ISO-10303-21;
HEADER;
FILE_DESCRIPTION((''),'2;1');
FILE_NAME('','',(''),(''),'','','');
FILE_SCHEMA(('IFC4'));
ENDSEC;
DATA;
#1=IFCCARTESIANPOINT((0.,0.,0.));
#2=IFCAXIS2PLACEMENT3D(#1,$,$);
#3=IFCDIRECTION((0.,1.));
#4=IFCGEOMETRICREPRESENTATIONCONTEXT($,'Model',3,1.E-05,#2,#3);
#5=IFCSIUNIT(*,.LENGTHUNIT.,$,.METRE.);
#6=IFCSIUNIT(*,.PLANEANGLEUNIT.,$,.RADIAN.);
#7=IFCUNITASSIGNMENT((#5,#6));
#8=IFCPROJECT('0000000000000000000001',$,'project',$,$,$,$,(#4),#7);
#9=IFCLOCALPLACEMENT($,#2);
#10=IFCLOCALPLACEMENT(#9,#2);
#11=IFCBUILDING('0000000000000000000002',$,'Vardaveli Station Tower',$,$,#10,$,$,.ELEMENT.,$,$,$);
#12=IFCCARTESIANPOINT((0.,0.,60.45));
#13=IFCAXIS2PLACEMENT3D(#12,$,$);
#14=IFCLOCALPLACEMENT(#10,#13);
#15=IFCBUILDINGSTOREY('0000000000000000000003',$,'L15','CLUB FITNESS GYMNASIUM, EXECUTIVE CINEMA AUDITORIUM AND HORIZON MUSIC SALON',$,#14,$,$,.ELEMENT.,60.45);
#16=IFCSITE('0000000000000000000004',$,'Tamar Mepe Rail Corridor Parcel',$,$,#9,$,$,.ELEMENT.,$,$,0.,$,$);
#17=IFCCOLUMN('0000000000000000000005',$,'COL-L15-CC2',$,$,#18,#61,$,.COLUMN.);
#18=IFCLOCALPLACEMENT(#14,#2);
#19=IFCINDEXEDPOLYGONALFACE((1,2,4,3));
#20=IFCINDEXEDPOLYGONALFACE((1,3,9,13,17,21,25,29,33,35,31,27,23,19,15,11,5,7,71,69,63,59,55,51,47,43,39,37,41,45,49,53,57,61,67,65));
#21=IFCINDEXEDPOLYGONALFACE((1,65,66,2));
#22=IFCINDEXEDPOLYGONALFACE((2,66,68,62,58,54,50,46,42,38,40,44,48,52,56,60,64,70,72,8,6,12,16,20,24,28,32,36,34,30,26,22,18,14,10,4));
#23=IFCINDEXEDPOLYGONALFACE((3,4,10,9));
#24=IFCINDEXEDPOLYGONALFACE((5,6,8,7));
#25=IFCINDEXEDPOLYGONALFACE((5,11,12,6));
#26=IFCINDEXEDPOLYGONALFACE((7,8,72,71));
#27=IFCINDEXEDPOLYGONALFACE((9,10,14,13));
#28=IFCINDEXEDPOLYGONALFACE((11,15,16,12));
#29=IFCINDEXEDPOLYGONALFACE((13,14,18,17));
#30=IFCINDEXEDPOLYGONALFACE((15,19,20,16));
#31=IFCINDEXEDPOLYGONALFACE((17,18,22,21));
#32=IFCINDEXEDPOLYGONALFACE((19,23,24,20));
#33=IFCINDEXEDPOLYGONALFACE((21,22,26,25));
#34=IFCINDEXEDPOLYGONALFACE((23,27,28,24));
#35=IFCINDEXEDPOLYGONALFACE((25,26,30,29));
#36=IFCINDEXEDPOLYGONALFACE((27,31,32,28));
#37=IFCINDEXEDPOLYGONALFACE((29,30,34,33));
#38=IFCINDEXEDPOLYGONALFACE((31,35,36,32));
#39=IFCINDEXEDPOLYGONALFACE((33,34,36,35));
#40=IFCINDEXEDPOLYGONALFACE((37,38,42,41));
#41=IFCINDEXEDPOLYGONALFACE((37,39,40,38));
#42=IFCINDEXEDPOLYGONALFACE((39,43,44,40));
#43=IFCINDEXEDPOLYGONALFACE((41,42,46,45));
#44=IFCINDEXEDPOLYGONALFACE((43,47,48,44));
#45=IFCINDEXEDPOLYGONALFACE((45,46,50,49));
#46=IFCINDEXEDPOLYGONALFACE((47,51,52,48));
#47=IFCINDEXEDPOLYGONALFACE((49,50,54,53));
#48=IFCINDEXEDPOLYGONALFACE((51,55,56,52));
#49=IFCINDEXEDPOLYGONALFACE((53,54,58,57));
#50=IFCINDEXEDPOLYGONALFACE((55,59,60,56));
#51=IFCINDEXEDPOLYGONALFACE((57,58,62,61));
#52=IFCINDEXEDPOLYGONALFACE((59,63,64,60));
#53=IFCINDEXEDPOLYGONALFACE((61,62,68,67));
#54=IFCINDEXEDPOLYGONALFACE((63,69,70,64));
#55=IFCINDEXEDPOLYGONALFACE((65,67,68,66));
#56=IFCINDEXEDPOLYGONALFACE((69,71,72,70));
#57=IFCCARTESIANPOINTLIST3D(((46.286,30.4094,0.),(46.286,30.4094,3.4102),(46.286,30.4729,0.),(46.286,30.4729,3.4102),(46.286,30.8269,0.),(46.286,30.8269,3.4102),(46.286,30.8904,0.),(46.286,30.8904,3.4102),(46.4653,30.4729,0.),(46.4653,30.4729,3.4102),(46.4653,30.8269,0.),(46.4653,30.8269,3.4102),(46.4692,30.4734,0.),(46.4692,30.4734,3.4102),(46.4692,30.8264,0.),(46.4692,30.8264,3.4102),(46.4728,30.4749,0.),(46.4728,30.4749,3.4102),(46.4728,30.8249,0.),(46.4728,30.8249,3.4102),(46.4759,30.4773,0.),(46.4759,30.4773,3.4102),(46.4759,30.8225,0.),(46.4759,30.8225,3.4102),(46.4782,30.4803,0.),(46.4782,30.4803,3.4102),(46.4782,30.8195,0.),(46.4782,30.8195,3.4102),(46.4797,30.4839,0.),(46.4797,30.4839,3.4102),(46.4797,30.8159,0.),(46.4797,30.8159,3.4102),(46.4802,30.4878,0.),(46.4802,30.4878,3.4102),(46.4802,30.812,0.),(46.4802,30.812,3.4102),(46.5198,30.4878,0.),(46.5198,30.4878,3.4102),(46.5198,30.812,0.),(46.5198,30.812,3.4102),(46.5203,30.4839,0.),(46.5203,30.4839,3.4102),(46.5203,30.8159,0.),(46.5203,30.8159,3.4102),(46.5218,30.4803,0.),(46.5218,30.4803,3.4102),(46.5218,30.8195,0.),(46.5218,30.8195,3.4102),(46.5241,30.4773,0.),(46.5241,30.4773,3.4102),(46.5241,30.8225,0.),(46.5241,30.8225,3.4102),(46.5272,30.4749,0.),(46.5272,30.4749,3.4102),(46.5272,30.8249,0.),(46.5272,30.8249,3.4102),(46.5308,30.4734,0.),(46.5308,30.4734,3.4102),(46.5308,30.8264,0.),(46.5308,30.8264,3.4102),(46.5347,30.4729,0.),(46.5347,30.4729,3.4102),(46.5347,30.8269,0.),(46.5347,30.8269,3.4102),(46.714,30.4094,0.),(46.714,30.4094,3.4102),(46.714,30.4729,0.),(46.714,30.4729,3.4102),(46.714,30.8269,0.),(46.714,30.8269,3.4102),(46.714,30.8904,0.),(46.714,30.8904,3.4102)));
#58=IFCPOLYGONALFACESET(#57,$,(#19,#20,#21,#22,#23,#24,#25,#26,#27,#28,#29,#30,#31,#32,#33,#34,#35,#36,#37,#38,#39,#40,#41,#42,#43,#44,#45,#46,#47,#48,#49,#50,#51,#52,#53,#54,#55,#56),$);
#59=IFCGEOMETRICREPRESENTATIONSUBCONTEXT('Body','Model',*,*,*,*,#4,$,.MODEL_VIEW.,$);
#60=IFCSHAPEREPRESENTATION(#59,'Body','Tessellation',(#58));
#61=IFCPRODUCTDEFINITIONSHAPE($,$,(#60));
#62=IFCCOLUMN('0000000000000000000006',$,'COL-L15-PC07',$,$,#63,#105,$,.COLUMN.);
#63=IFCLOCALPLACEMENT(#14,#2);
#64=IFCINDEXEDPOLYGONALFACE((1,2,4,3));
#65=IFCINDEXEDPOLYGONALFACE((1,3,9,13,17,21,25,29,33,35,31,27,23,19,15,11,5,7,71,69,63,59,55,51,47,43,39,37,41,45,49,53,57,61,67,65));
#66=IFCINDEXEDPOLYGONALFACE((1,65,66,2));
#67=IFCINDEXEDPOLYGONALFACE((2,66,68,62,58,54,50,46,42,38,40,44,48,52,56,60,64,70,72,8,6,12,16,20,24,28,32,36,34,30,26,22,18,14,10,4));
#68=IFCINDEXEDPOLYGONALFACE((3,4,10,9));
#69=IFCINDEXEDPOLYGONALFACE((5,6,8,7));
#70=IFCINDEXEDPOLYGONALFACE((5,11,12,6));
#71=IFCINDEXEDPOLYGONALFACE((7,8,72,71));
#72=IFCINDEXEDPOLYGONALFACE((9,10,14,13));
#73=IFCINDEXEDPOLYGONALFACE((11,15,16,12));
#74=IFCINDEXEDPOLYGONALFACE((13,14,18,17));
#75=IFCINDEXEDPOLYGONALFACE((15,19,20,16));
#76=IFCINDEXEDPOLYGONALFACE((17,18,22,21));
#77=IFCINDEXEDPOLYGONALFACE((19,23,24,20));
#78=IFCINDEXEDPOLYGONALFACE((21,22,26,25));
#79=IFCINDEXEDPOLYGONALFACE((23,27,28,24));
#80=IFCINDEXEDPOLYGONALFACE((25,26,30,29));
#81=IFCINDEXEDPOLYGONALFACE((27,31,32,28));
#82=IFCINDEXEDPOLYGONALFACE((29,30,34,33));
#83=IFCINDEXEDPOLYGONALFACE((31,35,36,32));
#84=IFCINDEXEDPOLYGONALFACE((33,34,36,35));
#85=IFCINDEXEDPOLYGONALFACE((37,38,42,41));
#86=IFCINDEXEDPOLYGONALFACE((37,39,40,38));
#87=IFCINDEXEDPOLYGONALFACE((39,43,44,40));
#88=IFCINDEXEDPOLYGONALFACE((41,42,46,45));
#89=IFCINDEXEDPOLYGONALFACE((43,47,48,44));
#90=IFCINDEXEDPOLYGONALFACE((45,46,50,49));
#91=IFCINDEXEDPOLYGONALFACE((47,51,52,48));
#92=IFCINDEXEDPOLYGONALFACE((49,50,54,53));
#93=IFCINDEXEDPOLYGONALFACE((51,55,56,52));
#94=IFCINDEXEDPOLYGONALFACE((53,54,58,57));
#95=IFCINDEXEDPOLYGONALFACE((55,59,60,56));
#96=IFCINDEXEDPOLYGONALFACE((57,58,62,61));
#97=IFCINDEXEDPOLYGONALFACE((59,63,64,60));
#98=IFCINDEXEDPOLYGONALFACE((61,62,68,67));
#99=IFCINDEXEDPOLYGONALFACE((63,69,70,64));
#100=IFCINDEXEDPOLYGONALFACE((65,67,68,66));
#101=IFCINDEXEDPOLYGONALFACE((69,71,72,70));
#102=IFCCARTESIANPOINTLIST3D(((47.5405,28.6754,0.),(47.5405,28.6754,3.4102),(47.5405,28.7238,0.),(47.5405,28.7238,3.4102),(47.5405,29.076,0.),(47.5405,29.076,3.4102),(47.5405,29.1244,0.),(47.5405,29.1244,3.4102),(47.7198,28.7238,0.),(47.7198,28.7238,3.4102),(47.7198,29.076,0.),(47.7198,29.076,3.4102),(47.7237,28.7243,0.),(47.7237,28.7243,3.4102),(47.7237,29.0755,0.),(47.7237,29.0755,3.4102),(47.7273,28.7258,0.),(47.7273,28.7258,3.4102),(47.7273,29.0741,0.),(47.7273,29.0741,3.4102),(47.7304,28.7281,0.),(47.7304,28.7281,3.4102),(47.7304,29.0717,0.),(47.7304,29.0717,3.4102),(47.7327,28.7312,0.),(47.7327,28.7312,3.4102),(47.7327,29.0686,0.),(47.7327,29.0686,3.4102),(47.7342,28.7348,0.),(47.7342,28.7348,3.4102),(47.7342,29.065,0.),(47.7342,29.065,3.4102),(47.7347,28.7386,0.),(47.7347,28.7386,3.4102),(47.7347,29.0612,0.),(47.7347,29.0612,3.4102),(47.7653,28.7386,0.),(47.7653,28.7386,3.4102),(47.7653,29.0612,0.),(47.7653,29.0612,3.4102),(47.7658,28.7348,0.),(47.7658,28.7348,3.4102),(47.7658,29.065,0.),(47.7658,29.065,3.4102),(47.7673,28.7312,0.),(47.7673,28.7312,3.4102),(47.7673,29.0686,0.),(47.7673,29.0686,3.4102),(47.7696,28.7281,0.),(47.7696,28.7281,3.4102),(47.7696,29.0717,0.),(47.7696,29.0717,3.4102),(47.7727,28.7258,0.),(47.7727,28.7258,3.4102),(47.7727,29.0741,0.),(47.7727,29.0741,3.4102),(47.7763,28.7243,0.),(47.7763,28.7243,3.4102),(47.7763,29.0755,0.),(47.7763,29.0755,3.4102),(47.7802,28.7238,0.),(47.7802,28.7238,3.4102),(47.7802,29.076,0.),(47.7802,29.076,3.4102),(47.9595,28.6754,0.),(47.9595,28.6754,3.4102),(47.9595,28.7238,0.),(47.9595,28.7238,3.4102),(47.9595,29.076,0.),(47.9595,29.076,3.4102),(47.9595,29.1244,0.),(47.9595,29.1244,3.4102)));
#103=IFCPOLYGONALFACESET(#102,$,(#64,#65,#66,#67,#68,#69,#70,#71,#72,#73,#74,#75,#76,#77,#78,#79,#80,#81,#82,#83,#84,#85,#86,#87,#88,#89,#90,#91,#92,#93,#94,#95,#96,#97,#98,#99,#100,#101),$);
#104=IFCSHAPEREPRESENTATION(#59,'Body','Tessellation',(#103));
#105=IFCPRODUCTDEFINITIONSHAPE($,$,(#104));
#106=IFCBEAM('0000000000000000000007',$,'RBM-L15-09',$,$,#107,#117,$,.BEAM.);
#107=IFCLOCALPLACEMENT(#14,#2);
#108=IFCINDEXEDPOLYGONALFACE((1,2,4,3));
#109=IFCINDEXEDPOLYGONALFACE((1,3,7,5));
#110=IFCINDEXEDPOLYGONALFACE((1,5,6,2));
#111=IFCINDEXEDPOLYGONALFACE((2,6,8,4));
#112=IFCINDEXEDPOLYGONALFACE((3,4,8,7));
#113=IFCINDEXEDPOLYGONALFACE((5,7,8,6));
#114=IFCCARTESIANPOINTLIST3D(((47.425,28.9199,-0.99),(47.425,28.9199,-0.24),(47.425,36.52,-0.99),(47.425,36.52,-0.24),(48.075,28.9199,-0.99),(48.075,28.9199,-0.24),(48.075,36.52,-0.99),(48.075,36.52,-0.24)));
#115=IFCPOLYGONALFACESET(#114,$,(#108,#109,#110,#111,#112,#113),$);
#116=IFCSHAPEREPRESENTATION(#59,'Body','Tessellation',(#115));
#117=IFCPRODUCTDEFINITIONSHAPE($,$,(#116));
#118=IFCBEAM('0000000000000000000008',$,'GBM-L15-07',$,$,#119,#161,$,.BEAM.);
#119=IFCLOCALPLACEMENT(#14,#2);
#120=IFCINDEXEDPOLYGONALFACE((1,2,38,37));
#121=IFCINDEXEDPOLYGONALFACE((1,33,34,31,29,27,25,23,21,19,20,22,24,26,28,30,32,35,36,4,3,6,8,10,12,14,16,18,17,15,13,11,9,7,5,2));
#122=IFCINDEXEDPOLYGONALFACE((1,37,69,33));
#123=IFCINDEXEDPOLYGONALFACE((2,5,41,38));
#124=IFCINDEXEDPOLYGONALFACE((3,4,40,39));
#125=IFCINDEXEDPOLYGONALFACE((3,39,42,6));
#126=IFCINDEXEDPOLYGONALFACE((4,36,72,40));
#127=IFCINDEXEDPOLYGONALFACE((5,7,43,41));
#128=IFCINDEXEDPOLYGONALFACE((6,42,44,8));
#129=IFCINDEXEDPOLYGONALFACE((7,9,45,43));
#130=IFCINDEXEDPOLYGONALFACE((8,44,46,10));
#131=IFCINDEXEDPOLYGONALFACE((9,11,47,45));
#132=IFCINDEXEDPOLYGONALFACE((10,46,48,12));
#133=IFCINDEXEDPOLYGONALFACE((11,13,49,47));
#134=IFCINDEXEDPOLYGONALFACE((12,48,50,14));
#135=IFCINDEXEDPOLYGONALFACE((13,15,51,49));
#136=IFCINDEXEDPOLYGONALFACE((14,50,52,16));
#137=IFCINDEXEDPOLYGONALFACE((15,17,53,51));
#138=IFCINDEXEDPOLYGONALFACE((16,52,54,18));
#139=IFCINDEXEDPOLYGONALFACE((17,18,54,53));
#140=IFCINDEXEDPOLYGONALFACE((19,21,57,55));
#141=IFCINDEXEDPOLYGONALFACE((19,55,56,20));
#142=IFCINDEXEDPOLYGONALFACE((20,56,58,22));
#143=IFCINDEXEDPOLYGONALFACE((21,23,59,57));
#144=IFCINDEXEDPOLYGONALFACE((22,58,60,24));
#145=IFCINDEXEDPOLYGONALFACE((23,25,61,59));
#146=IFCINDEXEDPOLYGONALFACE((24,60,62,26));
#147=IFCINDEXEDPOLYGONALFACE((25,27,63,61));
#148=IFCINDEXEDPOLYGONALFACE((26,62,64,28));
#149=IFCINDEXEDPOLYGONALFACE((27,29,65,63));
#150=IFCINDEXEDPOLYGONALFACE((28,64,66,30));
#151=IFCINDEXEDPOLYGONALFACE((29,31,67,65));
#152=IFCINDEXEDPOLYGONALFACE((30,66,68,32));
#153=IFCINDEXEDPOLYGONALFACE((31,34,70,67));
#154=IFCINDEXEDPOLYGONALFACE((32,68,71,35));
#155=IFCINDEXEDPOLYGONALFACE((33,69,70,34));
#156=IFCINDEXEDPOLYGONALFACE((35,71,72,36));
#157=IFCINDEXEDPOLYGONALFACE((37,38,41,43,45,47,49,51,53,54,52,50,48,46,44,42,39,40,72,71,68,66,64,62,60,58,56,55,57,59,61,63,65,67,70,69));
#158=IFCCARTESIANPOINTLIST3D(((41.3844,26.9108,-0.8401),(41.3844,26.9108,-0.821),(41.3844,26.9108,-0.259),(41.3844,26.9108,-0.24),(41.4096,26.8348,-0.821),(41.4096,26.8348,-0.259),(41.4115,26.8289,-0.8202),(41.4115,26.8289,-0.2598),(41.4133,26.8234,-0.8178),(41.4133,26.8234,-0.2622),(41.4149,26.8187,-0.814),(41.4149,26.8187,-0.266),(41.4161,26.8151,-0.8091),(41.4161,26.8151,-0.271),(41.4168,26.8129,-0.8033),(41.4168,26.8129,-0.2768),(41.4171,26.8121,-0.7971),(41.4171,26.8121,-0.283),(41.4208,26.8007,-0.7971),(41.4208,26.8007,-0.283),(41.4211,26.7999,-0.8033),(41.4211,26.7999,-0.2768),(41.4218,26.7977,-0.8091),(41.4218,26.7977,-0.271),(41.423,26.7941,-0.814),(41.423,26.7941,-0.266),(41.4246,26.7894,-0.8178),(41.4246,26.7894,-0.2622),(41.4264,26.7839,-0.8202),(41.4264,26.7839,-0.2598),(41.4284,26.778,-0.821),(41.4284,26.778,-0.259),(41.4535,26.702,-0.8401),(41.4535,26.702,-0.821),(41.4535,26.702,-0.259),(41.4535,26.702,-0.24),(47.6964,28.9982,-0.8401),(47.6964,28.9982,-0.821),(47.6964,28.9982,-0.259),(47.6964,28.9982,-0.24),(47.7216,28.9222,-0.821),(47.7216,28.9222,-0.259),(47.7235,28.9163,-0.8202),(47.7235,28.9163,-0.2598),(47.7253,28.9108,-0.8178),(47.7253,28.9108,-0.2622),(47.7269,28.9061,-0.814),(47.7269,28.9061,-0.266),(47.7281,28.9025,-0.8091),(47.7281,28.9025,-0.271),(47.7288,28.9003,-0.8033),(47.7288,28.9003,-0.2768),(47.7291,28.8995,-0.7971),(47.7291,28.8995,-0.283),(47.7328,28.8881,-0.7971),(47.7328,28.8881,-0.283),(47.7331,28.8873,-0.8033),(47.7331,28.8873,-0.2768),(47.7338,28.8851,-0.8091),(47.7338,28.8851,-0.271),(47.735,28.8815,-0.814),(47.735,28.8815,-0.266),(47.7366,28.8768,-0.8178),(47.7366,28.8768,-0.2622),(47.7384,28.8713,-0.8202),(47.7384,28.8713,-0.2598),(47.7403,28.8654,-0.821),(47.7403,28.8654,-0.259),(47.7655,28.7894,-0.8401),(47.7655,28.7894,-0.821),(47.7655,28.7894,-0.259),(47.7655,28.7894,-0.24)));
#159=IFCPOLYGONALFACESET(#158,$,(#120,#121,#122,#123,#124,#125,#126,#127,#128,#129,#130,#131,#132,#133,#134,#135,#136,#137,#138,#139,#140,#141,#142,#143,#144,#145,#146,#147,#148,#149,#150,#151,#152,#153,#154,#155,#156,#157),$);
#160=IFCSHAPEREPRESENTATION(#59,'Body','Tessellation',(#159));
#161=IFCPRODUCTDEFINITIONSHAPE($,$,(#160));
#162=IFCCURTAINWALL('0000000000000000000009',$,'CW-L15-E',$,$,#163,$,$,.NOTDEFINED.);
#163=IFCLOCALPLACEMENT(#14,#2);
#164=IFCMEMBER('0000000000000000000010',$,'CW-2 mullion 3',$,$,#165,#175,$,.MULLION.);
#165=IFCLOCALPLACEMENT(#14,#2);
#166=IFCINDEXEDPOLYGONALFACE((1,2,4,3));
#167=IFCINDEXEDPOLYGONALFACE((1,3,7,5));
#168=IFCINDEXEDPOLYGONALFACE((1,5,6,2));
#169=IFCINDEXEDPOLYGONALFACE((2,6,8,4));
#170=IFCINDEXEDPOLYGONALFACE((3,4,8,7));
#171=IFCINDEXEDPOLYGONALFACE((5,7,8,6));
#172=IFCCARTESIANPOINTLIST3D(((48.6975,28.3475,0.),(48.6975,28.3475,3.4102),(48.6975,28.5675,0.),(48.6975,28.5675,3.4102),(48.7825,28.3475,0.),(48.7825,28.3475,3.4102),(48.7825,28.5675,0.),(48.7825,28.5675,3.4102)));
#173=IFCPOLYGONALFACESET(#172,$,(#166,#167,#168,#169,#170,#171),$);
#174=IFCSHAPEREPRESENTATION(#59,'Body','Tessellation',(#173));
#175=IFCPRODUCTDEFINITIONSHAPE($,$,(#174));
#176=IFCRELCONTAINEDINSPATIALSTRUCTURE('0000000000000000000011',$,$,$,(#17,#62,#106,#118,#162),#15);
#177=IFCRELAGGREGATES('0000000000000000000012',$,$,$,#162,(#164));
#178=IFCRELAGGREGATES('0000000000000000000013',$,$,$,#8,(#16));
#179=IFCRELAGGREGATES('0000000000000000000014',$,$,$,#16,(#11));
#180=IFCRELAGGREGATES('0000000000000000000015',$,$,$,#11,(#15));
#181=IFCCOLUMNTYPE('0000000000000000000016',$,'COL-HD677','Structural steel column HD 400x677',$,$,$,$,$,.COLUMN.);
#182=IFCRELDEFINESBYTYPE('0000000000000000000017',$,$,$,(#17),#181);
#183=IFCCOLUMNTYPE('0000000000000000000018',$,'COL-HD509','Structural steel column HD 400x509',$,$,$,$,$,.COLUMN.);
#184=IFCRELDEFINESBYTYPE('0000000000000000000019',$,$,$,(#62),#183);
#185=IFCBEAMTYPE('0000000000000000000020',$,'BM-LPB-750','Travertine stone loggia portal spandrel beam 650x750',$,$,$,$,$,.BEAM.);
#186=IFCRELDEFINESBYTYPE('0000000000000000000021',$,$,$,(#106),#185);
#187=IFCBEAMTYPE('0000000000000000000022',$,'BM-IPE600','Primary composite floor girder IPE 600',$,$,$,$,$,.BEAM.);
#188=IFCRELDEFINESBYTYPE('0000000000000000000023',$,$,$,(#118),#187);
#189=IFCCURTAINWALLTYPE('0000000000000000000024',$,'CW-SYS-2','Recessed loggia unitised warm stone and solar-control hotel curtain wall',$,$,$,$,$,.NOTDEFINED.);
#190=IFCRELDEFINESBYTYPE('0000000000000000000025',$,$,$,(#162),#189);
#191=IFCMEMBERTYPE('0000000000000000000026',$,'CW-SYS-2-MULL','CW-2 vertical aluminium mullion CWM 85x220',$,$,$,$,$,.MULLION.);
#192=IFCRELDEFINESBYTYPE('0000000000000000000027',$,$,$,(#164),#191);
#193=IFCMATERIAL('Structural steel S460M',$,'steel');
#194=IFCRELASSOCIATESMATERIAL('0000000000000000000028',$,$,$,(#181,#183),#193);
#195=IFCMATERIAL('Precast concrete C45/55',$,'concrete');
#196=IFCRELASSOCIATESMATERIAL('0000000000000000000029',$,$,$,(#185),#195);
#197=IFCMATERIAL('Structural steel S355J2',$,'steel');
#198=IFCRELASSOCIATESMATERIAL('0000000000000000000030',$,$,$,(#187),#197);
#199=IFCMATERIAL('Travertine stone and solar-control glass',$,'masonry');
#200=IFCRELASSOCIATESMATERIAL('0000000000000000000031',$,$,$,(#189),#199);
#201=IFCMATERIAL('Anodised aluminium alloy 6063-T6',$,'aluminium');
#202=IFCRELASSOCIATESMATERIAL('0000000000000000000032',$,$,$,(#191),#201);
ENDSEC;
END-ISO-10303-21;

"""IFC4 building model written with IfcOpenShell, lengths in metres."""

from ifc_helpers import new_model, si_unit, direction, frame, origin, origin_2d, place, context, subcontext, project, spatial, rectangle, i_section, extrude, source, transform, mapped, material, material_profile, profile_set, type_object, element, aggregate, save


model = new_model("IFC4")

# Units and contexts
model_context = context("Model", 3, precision=1e-05, world=origin(), true_north=direction((0.0, 1.0)))
body_context = subcontext(model_context, "Body", "Model", "MODEL_VIEW")
ifc_project = project(units=[si_unit("LENGTHUNIT", "METRE"), si_unit("PLANEANGLEUNIT", "RADIAN")], contexts=[model_context])

# Site, building, storey
site_placement = place(None, origin())
site = spatial("IfcSite", under=ifc_project, at=site_placement, Name="Tamar Mepe Rail Corridor Parcel", CompositionType="ELEMENT", RefElevation=0.0)
building_placement = place(site_placement, origin())
building = spatial("IfcBuilding", under=site, at=building_placement, Name="Vardaveli Station Tower", CompositionType="ELEMENT")
storey_placement = place(building_placement, frame((0.0, 0.0, 60.45)))
storey = spatial("IfcBuildingStorey", under=building, at=storey_placement, Name="L15", Description="CLUB FITNESS GYMNASIUM, EXECUTIVE CINEMA AUDITORIUM AND HORIZON MUSIC SALON", CompositionType="ELEMENT", Elevation=60.45)

# Columns
ifc_material_1 = material(Name="Structural steel S460M", Category="steel")
ifc_material_profile_1 = material_profile(ifc_material_1, i_section(OverallWidth=0.428, OverallDepth=0.481, WebThickness=0.0396, FlangeThickness=0.0635, FilletRadius=0.0149, at=origin_2d()), Name="HD 400x677")
ifc_profile_set_1 = profile_set([ifc_material_profile_1], Name="Structural steel S460M")
column_type_1 = type_object("IfcColumnType", Name="COL-HD677", Description="Structural steel column HD 400x677", PredefinedType="COLUMN", material=ifc_profile_set_1)
shared_shape_1 = source(origin(), body_context, "Body", "SweptSolid", [
    extrude(i_section(OverallWidth=0.428, OverallDepth=0.481, WebThickness=0.0396, FlangeThickness=0.0635, FilletRadius=0.0149, at=origin_2d()), origin(), (0.0, 0.0, 1.0), 3.4102),
])
column_1_placement = place(storey_placement, frame((46.5, 30.6499, 0.0), z_axis=(0.0, 0.0, 1.0), x_axis=(1.0, 0.0, 0.0)))
element("IfcColumn", 1, at=column_1_placement, inside=storey, type_object=column_type_1, Name="COL-L15-CC2", PredefinedType="COLUMN", context=body_context, shape_type="MappedRepresentation", body=[
    mapped(shared_shape_1, transform((0.0, 0.0, 0.0), scale=1.0)),
])
ifc_material_profile_2 = material_profile(ifc_material_1, i_section(OverallWidth=0.4189, OverallDepth=0.449, WebThickness=0.0305, FlangeThickness=0.0483, FilletRadius=0.0149, at=origin_2d()), Name="HD 400x509")
ifc_profile_set_2 = profile_set([ifc_material_profile_2], Name="Structural steel S460M")
column_type_2 = type_object("IfcColumnType", Name="COL-HD509", Description="Structural steel column HD 400x509", PredefinedType="COLUMN", material=ifc_profile_set_2)
shared_shape_2 = source(origin(), body_context, "Body", "SweptSolid", [
    extrude(i_section(OverallWidth=0.4189, OverallDepth=0.449, WebThickness=0.0305, FlangeThickness=0.0483, FilletRadius=0.0149, at=origin_2d()), origin(), (0.0, 0.0, 1.0), 3.4102),
])
column_2_placement = place(storey_placement, frame((47.75, 28.8999, 0.0), z_axis=(0.0, 0.0, 1.0), x_axis=(1.0, 0.0, 0.0)))
element("IfcColumn", 2, at=column_2_placement, inside=storey, type_object=column_type_2, Name="COL-L15-PC07", PredefinedType="COLUMN", context=body_context, shape_type="MappedRepresentation", body=[
    mapped(shared_shape_2, transform((0.0, 0.0, 0.0), scale=1.0)),
])

# Beams
ifc_material_2 = material(Name="Precast concrete C45/55", Category="concrete")
ifc_material_profile_3 = material_profile(ifc_material_2, rectangle(XDim=0.6499, YDim=0.75, at=origin_2d()), Name="LPB 650x750")
ifc_profile_set_3 = profile_set([ifc_material_profile_3], Name="Precast concrete C45/55")
beam_type_1 = type_object("IfcBeamType", Name="BM-LPB-750", Description="Travertine stone loggia portal spandrel beam 650x750", PredefinedType="BEAM", material=ifc_profile_set_3)
shared_shape_3 = source(origin(), body_context, "Body", "SweptSolid", [
    extrude(rectangle(XDim=0.6499, YDim=0.75, at=origin_2d()), origin(), (0.0, 0.0, 1.0), 7.6001),
])
beam_1_placement = place(storey_placement, frame((47.75, 28.9199, -0.615), z_axis=(0.0, 1.0, 0.0), x_axis=(-1.0, 0.0, 0.0)))
element("IfcBeam", 3, at=beam_1_placement, inside=storey, type_object=beam_type_1, Name="RBM-L15-09", PredefinedType="BEAM", context=body_context, shape_type="MappedRepresentation", body=[
    mapped(shared_shape_3, transform((0.0, 0.0, 0.0), scale=1.0)),
])
ifc_material_3 = material(Name="Structural steel S355J2", Category="steel")
ifc_material_profile_4 = material_profile(ifc_material_3, i_section(OverallWidth=0.22, OverallDepth=0.6001, WebThickness=0.012, FlangeThickness=0.019, FilletRadius=0.0239, at=origin_2d()), Name="IPE 600")
ifc_profile_set_4 = profile_set([ifc_material_profile_4], Name="Structural steel S355J2")
beam_type_2 = type_object("IfcBeamType", Name="BM-IPE600", Description="Primary composite floor girder IPE 600", PredefinedType="BEAM", material=ifc_profile_set_4)
shared_shape_4 = source(origin(), body_context, "Body", "SweptSolid", [
    extrude(i_section(OverallWidth=0.22, OverallDepth=0.6001, WebThickness=0.012, FlangeThickness=0.019, FilletRadius=0.0239, at=origin_2d()), origin(), (0.0, 0.0, 1.0), 6.6482),
])
beam_2_placement = place(storey_placement, frame((47.731, 28.8938, -0.54), z_axis=(-0.94943, -0.313979, 0.0), x_axis=(0.313979, -0.94943, 0.0)))
element("IfcBeam", 4, at=beam_2_placement, inside=storey, type_object=beam_type_2, Name="GBM-L15-07", PredefinedType="BEAM", context=body_context, shape_type="MappedRepresentation", body=[
    mapped(shared_shape_4, transform((0.0, 0.0, 0.0), scale=1.0)),
])

# Curtain wall, member
ifc_material_4 = material(Name="Travertine stone and solar-control glass", Category="masonry")
curtain_wall_type = type_object("IfcCurtainWallType", Name="CW-SYS-2", Description="Recessed loggia unitised warm stone and solar-control hotel curtain wall", PredefinedType="NOTDEFINED", material=ifc_material_4)
curtain_wall_placement = place(storey_placement, origin())
curtain_wall = element("IfcCurtainWall", 5, at=curtain_wall_placement, inside=storey, type_object=curtain_wall_type, Name="CW-L15-E", PredefinedType="NOTDEFINED")
ifc_material_5 = material(Name="Anodised aluminium alloy 6063-T6", Category="aluminium")
ifc_material_profile_5 = material_profile(ifc_material_5, rectangle(XDim=0.085, YDim=0.22, at=origin_2d()), Name="CWM 85x220")
ifc_profile_set_5 = profile_set([ifc_material_profile_5], Name="Anodised aluminium alloy 6063-T6")
member_type = type_object("IfcMemberType", Name="CW-SYS-2-MULL", Description="CW-2 vertical aluminium mullion CWM 85x220", PredefinedType="MULLION", material=ifc_profile_set_5)
shared_shape_5 = source(origin(), body_context, "Body", "SweptSolid", [
    extrude(rectangle(XDim=0.085, YDim=0.22, at=origin_2d()), origin(), (0.0, 0.0, 1.0), 3.4102),
])
member_placement = place(storey_placement, frame((48.74, 28.4575, 0.0), z_axis=(0.0, 0.0, 1.0), x_axis=(-1.0, 0.0, 0.0)))
member = element("IfcMember", 6, at=member_placement, type_object=member_type, Name="CW-2 mullion 3", PredefinedType="MULLION", context=body_context, shape_type="MappedRepresentation", body=[
    mapped(shared_shape_5, transform((0.0, 0.0, 0.0), scale=1.0)),
])
aggregate(curtain_wall, [member])

save(model, "model.ifc")
